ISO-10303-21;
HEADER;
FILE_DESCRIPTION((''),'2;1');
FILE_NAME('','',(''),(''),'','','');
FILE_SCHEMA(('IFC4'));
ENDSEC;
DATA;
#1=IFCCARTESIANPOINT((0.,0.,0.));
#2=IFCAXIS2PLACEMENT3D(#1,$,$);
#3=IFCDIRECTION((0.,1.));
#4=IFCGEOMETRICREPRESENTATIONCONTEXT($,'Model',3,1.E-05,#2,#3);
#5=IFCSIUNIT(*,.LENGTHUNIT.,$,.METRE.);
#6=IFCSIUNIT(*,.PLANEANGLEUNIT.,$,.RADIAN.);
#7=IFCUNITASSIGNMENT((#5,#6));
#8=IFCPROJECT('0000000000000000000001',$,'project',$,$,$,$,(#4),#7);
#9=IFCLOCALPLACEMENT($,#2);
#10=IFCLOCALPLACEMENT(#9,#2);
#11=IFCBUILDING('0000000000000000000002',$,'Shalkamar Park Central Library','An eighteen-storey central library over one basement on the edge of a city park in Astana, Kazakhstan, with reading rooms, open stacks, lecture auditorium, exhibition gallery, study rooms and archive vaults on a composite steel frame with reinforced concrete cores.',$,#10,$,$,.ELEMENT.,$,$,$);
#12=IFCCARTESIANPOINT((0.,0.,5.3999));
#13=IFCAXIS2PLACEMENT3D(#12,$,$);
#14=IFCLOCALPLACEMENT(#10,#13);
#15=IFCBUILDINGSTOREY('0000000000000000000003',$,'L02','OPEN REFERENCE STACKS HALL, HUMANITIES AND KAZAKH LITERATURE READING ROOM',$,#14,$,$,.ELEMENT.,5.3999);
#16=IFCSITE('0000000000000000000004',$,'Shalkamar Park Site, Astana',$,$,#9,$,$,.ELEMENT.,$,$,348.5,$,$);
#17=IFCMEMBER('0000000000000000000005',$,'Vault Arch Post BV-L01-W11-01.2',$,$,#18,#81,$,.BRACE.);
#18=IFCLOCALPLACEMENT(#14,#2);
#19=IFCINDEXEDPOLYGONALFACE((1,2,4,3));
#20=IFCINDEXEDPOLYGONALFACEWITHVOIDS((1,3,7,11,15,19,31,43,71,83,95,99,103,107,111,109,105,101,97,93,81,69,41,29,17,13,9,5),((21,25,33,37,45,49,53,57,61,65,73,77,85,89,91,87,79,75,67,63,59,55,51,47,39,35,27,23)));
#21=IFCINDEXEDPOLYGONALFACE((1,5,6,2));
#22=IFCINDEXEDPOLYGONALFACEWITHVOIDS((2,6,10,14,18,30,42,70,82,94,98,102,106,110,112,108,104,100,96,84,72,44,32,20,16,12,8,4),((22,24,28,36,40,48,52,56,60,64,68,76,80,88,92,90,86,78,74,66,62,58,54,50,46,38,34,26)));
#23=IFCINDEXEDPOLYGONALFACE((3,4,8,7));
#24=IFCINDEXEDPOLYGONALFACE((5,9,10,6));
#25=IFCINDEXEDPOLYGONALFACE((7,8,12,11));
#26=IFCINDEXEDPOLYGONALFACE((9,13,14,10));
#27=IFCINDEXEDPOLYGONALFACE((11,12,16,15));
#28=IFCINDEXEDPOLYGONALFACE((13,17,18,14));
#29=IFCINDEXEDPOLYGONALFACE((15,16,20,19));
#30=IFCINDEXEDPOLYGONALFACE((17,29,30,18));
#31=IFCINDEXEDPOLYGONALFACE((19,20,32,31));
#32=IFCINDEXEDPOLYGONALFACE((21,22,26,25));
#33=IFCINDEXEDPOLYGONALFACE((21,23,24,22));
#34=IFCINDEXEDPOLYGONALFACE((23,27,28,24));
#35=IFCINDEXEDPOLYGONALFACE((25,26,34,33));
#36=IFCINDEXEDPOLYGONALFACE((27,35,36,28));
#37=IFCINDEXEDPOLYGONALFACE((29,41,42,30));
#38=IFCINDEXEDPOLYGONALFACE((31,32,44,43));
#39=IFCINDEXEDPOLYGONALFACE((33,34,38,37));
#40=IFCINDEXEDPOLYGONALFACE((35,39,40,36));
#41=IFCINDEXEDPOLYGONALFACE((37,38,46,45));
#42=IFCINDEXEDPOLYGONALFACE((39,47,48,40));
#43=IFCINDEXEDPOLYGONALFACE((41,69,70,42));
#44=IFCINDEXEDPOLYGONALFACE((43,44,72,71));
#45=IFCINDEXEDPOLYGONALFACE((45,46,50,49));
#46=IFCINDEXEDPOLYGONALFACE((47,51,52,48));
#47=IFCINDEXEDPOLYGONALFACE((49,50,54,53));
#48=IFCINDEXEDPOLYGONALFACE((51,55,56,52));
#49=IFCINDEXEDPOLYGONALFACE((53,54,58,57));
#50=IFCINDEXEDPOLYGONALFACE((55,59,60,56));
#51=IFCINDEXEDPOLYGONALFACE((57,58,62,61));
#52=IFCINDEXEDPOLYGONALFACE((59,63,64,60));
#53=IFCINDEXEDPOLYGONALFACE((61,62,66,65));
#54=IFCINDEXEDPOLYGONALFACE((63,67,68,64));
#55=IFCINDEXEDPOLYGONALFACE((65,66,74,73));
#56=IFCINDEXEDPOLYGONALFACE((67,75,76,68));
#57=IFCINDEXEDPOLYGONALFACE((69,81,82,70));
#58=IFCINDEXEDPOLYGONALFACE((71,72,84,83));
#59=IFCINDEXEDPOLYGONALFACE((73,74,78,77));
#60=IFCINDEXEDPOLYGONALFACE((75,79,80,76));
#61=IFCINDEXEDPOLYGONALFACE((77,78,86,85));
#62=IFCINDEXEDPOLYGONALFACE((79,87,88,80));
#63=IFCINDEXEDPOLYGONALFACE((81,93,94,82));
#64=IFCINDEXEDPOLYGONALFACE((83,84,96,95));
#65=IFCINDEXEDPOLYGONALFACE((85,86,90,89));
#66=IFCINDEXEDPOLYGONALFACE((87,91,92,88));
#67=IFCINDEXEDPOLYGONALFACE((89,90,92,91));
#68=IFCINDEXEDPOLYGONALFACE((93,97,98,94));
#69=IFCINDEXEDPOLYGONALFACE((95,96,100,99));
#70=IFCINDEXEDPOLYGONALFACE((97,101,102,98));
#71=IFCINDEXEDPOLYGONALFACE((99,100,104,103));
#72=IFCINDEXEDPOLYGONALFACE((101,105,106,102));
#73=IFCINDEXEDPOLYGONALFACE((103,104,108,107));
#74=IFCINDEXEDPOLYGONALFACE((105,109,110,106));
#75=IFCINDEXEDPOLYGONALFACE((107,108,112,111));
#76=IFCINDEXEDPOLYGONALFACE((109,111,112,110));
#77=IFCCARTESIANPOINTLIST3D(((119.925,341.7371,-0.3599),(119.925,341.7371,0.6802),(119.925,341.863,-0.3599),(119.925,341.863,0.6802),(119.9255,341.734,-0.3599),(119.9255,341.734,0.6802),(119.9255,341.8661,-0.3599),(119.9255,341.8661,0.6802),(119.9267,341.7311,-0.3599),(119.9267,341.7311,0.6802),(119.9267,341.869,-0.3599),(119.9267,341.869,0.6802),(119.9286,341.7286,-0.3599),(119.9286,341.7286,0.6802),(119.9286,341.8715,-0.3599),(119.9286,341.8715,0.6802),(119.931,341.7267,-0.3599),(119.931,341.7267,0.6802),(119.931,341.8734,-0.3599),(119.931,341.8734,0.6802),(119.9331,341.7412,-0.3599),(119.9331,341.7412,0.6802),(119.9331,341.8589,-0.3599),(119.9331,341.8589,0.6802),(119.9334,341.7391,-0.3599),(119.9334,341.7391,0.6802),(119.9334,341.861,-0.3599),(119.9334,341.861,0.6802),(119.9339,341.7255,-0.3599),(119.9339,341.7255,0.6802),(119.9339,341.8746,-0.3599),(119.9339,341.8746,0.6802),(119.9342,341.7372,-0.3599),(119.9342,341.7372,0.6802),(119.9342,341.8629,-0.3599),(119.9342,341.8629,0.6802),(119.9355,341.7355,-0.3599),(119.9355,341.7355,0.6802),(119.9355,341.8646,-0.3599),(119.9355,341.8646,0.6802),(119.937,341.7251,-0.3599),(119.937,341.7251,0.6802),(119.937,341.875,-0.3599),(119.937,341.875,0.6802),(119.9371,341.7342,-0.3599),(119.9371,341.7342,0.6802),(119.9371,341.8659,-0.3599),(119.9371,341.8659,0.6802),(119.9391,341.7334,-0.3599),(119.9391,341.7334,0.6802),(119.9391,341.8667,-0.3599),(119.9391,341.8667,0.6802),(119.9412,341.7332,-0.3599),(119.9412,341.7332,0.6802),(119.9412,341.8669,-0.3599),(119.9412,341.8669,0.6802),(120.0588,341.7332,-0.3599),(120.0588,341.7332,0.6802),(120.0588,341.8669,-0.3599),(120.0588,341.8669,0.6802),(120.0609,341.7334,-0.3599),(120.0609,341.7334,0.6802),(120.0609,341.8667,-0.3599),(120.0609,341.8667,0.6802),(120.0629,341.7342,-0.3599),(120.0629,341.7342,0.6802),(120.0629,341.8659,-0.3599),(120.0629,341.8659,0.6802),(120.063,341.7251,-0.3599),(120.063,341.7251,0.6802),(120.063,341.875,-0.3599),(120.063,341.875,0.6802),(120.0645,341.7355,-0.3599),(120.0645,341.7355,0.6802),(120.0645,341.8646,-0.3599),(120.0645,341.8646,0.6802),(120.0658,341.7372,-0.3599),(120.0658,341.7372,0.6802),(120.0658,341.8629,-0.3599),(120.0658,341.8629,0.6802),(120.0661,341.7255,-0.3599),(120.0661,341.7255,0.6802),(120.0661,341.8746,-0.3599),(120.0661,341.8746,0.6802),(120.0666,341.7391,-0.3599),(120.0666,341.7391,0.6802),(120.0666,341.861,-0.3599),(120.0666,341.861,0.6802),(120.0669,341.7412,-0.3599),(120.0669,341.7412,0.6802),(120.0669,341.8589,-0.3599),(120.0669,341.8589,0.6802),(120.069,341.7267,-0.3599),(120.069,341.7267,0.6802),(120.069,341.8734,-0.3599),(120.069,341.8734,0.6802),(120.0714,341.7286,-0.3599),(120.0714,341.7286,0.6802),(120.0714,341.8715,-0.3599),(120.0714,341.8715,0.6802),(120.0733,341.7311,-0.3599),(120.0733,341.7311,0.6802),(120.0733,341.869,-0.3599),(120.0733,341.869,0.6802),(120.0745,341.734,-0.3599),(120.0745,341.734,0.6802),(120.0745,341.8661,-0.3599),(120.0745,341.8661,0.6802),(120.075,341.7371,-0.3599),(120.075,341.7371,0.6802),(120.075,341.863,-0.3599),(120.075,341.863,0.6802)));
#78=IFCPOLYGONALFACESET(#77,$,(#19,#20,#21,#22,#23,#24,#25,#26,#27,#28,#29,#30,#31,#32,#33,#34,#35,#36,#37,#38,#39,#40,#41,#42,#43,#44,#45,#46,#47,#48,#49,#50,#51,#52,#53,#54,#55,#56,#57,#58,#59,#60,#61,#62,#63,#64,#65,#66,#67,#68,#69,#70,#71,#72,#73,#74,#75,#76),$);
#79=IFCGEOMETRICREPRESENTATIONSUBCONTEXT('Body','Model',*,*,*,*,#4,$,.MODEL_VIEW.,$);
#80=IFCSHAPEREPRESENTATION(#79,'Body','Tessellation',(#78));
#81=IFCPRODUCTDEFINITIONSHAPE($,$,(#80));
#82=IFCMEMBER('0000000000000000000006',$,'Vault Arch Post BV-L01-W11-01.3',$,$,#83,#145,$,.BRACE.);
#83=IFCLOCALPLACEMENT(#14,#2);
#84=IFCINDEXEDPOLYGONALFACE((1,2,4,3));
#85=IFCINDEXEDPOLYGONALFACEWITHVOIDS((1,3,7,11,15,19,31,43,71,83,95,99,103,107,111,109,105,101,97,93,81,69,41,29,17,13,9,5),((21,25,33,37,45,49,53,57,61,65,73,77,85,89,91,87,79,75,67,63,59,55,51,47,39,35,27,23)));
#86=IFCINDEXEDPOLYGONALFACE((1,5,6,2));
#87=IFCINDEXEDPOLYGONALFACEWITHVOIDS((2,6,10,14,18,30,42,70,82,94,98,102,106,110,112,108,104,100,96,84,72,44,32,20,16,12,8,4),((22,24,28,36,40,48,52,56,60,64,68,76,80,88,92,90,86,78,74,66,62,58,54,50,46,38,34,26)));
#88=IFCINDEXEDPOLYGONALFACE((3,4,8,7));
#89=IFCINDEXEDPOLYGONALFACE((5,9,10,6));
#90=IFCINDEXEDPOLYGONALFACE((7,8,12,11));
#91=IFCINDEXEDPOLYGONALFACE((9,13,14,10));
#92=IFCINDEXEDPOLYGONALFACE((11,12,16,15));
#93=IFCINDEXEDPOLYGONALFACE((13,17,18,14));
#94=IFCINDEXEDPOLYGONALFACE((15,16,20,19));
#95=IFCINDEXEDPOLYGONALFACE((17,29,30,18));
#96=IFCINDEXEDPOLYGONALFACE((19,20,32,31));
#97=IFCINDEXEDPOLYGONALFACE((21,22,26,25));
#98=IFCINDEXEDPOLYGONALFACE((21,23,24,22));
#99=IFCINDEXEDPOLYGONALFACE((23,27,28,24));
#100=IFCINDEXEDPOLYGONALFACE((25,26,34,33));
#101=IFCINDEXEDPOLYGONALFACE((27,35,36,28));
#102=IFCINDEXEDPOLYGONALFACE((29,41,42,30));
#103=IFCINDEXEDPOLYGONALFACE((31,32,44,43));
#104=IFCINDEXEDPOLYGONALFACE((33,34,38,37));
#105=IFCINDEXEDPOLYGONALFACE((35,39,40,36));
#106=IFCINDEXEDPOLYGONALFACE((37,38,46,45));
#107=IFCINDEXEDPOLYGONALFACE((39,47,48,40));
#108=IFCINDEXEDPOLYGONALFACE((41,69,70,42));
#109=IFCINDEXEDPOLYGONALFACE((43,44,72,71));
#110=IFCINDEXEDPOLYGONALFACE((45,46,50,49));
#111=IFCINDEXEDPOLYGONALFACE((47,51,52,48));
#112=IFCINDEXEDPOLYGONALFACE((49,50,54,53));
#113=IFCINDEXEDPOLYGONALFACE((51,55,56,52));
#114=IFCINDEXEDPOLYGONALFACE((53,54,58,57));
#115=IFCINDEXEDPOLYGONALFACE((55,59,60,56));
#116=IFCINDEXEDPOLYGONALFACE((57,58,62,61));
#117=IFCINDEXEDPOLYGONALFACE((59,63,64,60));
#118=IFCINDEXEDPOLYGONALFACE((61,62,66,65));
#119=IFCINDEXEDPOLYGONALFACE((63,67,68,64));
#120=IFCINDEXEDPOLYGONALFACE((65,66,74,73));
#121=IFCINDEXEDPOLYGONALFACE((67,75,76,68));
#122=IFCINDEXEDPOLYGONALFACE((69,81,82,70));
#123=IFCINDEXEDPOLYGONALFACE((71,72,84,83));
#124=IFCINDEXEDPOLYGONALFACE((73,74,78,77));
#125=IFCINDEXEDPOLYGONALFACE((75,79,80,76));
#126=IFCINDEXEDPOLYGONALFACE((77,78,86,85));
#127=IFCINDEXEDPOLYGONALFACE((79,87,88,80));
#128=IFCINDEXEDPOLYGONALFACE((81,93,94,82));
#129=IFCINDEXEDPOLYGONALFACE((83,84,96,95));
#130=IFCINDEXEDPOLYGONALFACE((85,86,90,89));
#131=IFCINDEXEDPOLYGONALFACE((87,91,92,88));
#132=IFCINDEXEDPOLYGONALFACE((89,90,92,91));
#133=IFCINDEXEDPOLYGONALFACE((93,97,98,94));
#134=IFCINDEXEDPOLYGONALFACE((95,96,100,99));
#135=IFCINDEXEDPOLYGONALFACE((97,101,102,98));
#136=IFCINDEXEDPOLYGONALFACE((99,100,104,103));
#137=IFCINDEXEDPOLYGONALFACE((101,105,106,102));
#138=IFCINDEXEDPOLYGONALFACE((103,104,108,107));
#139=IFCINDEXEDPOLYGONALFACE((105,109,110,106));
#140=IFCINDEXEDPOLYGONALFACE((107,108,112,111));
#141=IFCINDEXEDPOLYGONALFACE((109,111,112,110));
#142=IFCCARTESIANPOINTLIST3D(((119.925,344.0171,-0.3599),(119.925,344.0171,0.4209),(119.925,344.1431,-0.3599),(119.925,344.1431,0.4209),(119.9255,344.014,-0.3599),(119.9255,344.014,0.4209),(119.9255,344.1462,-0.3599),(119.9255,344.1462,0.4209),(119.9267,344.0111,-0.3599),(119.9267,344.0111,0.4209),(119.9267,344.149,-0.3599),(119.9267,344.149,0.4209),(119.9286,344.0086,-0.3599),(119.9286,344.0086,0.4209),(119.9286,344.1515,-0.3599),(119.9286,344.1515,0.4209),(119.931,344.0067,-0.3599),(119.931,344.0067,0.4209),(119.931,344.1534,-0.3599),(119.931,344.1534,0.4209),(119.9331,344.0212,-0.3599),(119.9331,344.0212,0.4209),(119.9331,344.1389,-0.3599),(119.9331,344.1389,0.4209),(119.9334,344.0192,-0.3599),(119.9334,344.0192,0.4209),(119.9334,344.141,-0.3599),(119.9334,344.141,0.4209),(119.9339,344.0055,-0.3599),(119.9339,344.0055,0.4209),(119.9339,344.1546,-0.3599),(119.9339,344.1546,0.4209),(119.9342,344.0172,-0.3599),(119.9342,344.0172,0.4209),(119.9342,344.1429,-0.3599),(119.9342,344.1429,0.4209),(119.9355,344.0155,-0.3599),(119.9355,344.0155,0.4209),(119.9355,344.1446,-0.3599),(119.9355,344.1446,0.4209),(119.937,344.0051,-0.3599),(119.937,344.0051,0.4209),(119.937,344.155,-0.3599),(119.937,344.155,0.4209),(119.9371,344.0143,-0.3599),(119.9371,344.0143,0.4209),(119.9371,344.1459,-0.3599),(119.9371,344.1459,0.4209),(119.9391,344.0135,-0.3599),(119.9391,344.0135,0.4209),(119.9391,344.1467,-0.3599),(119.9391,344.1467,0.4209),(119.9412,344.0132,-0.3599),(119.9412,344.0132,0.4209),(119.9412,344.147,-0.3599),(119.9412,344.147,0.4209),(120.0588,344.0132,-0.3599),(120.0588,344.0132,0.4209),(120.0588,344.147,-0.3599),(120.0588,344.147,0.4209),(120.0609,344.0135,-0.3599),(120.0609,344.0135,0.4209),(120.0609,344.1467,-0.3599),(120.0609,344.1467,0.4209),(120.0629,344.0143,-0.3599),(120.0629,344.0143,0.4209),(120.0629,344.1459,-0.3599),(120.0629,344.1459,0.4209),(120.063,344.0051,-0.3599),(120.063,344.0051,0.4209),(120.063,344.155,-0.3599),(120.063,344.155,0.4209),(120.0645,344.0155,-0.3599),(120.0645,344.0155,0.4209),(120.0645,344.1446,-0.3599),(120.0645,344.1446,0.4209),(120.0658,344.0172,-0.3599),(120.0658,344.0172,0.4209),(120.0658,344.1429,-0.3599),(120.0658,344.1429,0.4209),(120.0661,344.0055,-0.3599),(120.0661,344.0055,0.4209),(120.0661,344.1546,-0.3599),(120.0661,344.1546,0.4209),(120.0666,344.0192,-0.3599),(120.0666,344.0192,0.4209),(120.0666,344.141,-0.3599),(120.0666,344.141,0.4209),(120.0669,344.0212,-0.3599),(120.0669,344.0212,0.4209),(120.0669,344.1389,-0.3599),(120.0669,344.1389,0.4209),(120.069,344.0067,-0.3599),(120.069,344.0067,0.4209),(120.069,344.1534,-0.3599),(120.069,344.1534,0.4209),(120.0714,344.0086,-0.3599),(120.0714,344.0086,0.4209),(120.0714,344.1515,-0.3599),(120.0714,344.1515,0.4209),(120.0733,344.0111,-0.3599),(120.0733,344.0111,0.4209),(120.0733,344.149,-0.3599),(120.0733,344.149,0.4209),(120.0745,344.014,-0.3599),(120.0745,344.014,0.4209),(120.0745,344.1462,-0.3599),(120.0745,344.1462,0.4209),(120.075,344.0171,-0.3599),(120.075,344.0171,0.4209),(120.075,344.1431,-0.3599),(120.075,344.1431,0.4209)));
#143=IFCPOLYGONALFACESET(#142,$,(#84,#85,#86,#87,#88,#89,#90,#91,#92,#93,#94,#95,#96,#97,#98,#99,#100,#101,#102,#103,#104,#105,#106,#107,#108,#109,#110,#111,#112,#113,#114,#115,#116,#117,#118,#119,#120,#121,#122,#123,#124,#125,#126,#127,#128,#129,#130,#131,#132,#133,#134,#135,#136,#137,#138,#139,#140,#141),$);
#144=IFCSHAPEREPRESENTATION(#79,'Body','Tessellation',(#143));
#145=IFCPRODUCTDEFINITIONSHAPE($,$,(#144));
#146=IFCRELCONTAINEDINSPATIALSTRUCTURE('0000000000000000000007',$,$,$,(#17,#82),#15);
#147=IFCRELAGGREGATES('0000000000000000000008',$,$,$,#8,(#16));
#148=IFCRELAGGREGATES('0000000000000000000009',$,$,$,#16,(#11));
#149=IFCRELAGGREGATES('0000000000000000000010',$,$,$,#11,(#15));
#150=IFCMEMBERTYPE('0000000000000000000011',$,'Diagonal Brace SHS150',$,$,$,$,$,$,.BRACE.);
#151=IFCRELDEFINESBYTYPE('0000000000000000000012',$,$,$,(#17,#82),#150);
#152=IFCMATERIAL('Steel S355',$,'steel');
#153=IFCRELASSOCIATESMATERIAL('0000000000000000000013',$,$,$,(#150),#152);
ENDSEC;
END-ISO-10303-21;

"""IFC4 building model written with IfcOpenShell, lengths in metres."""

from ifc_helpers import new_model, si_unit, direction, frame, origin, origin_2d, place, context, subcontext, project, spatial, hollow_rectangle, extrude, material, material_profile, profile_set, type_object, element, save


model = new_model("IFC4")

# Units and contexts
model_context = context("Model", 3, precision=1e-05, world=origin(), true_north=direction((0.0, 1.0)))
body_context = subcontext(model_context, "Body", "Model", "MODEL_VIEW")
ifc_project = project(units=[si_unit("LENGTHUNIT", "METRE"), si_unit("PLANEANGLEUNIT", "RADIAN")], contexts=[model_context])

# Site, building, storey
site_placement = place(None, origin())
site = spatial("IfcSite", under=ifc_project, at=site_placement, Name="Shalkamar Park Site, Astana", CompositionType="ELEMENT", RefElevation=348.5)
building_placement = place(site_placement, origin())
building = spatial("IfcBuilding", under=site, at=building_placement, Name="Shalkamar Park Central Library", Description="An eighteen-storey central library over one basement on the edge of a city park in Astana, Kazakhstan, with reading rooms, open stacks, lecture auditorium, exhibition gallery, study rooms and archive vaults on a composite steel frame with reinforced concrete cores.", CompositionType="ELEMENT")
storey_placement = place(building_placement, frame((0.0, 0.0, 5.3999)))
storey = spatial("IfcBuildingStorey", under=building, at=storey_placement, Name="L02", Description="OPEN REFERENCE STACKS HALL, HUMANITIES AND KAZAKH LITERATURE READING ROOM", CompositionType="ELEMENT", Elevation=5.3999)

# Members
ifc_material_1 = material(Name="Steel S355", Category="steel")
ifc_material_profile_1 = material_profile(ifc_material_1, hollow_rectangle(XDim=0.1499, YDim=0.1499, WallThickness=0.0081, InnerFilletRadius=0.0081, OuterFilletRadius=0.012, at=origin_2d()), Name="SHS 150x150x8")
ifc_profile_set_1 = profile_set([ifc_material_profile_1], Name="Steel S355")
member_type_1 = type_object("IfcMemberType", Name="Diagonal Brace SHS150", PredefinedType="BRACE", material=ifc_profile_set_1)
member_1_placement = place(storey_placement, frame((120.0, 341.8, -0.3599), z_axis=(0.0, 0.0, 1.0), x_axis=(1.0, 0.0, 0.0)))
element("IfcMember", 1, at=member_1_placement, inside=storey, type_object=member_type_1, Name="Vault Arch Post BV-L01-W11-01.2", PredefinedType="BRACE", context=body_context, shape_type="SweptSolid", body=[
    extrude(hollow_rectangle(XDim=0.1499, YDim=0.1499, WallThickness=0.0081, InnerFilletRadius=0.0081, OuterFilletRadius=0.012, at=origin_2d()), origin(), (0.0, 0.0, 1.0), 1.04),
])
for number, where, z_axis, x_axis, name in (
    (2, (120.0, 344.0801, -0.3599), (0.0, 0.0, 1.0), (1.0, 0.0, 0.0), "Vault Arch Post BV-L01-W11-01.3"),
):
    element("IfcMember", number, at=place(storey_placement, frame(where, z_axis=z_axis, x_axis=x_axis)), inside=storey, type_object=member_type_1, Name=name, PredefinedType="BRACE", context=body_context, shape_type="SweptSolid", body=[
        extrude(hollow_rectangle(XDim=0.1499, YDim=0.1499, WallThickness=0.0081, InnerFilletRadius=0.0081, OuterFilletRadius=0.012, at=origin_2d()), origin(), (0.0, 0.0, 1.0), 0.7808),
    ])

save(model, "model.ifc")
